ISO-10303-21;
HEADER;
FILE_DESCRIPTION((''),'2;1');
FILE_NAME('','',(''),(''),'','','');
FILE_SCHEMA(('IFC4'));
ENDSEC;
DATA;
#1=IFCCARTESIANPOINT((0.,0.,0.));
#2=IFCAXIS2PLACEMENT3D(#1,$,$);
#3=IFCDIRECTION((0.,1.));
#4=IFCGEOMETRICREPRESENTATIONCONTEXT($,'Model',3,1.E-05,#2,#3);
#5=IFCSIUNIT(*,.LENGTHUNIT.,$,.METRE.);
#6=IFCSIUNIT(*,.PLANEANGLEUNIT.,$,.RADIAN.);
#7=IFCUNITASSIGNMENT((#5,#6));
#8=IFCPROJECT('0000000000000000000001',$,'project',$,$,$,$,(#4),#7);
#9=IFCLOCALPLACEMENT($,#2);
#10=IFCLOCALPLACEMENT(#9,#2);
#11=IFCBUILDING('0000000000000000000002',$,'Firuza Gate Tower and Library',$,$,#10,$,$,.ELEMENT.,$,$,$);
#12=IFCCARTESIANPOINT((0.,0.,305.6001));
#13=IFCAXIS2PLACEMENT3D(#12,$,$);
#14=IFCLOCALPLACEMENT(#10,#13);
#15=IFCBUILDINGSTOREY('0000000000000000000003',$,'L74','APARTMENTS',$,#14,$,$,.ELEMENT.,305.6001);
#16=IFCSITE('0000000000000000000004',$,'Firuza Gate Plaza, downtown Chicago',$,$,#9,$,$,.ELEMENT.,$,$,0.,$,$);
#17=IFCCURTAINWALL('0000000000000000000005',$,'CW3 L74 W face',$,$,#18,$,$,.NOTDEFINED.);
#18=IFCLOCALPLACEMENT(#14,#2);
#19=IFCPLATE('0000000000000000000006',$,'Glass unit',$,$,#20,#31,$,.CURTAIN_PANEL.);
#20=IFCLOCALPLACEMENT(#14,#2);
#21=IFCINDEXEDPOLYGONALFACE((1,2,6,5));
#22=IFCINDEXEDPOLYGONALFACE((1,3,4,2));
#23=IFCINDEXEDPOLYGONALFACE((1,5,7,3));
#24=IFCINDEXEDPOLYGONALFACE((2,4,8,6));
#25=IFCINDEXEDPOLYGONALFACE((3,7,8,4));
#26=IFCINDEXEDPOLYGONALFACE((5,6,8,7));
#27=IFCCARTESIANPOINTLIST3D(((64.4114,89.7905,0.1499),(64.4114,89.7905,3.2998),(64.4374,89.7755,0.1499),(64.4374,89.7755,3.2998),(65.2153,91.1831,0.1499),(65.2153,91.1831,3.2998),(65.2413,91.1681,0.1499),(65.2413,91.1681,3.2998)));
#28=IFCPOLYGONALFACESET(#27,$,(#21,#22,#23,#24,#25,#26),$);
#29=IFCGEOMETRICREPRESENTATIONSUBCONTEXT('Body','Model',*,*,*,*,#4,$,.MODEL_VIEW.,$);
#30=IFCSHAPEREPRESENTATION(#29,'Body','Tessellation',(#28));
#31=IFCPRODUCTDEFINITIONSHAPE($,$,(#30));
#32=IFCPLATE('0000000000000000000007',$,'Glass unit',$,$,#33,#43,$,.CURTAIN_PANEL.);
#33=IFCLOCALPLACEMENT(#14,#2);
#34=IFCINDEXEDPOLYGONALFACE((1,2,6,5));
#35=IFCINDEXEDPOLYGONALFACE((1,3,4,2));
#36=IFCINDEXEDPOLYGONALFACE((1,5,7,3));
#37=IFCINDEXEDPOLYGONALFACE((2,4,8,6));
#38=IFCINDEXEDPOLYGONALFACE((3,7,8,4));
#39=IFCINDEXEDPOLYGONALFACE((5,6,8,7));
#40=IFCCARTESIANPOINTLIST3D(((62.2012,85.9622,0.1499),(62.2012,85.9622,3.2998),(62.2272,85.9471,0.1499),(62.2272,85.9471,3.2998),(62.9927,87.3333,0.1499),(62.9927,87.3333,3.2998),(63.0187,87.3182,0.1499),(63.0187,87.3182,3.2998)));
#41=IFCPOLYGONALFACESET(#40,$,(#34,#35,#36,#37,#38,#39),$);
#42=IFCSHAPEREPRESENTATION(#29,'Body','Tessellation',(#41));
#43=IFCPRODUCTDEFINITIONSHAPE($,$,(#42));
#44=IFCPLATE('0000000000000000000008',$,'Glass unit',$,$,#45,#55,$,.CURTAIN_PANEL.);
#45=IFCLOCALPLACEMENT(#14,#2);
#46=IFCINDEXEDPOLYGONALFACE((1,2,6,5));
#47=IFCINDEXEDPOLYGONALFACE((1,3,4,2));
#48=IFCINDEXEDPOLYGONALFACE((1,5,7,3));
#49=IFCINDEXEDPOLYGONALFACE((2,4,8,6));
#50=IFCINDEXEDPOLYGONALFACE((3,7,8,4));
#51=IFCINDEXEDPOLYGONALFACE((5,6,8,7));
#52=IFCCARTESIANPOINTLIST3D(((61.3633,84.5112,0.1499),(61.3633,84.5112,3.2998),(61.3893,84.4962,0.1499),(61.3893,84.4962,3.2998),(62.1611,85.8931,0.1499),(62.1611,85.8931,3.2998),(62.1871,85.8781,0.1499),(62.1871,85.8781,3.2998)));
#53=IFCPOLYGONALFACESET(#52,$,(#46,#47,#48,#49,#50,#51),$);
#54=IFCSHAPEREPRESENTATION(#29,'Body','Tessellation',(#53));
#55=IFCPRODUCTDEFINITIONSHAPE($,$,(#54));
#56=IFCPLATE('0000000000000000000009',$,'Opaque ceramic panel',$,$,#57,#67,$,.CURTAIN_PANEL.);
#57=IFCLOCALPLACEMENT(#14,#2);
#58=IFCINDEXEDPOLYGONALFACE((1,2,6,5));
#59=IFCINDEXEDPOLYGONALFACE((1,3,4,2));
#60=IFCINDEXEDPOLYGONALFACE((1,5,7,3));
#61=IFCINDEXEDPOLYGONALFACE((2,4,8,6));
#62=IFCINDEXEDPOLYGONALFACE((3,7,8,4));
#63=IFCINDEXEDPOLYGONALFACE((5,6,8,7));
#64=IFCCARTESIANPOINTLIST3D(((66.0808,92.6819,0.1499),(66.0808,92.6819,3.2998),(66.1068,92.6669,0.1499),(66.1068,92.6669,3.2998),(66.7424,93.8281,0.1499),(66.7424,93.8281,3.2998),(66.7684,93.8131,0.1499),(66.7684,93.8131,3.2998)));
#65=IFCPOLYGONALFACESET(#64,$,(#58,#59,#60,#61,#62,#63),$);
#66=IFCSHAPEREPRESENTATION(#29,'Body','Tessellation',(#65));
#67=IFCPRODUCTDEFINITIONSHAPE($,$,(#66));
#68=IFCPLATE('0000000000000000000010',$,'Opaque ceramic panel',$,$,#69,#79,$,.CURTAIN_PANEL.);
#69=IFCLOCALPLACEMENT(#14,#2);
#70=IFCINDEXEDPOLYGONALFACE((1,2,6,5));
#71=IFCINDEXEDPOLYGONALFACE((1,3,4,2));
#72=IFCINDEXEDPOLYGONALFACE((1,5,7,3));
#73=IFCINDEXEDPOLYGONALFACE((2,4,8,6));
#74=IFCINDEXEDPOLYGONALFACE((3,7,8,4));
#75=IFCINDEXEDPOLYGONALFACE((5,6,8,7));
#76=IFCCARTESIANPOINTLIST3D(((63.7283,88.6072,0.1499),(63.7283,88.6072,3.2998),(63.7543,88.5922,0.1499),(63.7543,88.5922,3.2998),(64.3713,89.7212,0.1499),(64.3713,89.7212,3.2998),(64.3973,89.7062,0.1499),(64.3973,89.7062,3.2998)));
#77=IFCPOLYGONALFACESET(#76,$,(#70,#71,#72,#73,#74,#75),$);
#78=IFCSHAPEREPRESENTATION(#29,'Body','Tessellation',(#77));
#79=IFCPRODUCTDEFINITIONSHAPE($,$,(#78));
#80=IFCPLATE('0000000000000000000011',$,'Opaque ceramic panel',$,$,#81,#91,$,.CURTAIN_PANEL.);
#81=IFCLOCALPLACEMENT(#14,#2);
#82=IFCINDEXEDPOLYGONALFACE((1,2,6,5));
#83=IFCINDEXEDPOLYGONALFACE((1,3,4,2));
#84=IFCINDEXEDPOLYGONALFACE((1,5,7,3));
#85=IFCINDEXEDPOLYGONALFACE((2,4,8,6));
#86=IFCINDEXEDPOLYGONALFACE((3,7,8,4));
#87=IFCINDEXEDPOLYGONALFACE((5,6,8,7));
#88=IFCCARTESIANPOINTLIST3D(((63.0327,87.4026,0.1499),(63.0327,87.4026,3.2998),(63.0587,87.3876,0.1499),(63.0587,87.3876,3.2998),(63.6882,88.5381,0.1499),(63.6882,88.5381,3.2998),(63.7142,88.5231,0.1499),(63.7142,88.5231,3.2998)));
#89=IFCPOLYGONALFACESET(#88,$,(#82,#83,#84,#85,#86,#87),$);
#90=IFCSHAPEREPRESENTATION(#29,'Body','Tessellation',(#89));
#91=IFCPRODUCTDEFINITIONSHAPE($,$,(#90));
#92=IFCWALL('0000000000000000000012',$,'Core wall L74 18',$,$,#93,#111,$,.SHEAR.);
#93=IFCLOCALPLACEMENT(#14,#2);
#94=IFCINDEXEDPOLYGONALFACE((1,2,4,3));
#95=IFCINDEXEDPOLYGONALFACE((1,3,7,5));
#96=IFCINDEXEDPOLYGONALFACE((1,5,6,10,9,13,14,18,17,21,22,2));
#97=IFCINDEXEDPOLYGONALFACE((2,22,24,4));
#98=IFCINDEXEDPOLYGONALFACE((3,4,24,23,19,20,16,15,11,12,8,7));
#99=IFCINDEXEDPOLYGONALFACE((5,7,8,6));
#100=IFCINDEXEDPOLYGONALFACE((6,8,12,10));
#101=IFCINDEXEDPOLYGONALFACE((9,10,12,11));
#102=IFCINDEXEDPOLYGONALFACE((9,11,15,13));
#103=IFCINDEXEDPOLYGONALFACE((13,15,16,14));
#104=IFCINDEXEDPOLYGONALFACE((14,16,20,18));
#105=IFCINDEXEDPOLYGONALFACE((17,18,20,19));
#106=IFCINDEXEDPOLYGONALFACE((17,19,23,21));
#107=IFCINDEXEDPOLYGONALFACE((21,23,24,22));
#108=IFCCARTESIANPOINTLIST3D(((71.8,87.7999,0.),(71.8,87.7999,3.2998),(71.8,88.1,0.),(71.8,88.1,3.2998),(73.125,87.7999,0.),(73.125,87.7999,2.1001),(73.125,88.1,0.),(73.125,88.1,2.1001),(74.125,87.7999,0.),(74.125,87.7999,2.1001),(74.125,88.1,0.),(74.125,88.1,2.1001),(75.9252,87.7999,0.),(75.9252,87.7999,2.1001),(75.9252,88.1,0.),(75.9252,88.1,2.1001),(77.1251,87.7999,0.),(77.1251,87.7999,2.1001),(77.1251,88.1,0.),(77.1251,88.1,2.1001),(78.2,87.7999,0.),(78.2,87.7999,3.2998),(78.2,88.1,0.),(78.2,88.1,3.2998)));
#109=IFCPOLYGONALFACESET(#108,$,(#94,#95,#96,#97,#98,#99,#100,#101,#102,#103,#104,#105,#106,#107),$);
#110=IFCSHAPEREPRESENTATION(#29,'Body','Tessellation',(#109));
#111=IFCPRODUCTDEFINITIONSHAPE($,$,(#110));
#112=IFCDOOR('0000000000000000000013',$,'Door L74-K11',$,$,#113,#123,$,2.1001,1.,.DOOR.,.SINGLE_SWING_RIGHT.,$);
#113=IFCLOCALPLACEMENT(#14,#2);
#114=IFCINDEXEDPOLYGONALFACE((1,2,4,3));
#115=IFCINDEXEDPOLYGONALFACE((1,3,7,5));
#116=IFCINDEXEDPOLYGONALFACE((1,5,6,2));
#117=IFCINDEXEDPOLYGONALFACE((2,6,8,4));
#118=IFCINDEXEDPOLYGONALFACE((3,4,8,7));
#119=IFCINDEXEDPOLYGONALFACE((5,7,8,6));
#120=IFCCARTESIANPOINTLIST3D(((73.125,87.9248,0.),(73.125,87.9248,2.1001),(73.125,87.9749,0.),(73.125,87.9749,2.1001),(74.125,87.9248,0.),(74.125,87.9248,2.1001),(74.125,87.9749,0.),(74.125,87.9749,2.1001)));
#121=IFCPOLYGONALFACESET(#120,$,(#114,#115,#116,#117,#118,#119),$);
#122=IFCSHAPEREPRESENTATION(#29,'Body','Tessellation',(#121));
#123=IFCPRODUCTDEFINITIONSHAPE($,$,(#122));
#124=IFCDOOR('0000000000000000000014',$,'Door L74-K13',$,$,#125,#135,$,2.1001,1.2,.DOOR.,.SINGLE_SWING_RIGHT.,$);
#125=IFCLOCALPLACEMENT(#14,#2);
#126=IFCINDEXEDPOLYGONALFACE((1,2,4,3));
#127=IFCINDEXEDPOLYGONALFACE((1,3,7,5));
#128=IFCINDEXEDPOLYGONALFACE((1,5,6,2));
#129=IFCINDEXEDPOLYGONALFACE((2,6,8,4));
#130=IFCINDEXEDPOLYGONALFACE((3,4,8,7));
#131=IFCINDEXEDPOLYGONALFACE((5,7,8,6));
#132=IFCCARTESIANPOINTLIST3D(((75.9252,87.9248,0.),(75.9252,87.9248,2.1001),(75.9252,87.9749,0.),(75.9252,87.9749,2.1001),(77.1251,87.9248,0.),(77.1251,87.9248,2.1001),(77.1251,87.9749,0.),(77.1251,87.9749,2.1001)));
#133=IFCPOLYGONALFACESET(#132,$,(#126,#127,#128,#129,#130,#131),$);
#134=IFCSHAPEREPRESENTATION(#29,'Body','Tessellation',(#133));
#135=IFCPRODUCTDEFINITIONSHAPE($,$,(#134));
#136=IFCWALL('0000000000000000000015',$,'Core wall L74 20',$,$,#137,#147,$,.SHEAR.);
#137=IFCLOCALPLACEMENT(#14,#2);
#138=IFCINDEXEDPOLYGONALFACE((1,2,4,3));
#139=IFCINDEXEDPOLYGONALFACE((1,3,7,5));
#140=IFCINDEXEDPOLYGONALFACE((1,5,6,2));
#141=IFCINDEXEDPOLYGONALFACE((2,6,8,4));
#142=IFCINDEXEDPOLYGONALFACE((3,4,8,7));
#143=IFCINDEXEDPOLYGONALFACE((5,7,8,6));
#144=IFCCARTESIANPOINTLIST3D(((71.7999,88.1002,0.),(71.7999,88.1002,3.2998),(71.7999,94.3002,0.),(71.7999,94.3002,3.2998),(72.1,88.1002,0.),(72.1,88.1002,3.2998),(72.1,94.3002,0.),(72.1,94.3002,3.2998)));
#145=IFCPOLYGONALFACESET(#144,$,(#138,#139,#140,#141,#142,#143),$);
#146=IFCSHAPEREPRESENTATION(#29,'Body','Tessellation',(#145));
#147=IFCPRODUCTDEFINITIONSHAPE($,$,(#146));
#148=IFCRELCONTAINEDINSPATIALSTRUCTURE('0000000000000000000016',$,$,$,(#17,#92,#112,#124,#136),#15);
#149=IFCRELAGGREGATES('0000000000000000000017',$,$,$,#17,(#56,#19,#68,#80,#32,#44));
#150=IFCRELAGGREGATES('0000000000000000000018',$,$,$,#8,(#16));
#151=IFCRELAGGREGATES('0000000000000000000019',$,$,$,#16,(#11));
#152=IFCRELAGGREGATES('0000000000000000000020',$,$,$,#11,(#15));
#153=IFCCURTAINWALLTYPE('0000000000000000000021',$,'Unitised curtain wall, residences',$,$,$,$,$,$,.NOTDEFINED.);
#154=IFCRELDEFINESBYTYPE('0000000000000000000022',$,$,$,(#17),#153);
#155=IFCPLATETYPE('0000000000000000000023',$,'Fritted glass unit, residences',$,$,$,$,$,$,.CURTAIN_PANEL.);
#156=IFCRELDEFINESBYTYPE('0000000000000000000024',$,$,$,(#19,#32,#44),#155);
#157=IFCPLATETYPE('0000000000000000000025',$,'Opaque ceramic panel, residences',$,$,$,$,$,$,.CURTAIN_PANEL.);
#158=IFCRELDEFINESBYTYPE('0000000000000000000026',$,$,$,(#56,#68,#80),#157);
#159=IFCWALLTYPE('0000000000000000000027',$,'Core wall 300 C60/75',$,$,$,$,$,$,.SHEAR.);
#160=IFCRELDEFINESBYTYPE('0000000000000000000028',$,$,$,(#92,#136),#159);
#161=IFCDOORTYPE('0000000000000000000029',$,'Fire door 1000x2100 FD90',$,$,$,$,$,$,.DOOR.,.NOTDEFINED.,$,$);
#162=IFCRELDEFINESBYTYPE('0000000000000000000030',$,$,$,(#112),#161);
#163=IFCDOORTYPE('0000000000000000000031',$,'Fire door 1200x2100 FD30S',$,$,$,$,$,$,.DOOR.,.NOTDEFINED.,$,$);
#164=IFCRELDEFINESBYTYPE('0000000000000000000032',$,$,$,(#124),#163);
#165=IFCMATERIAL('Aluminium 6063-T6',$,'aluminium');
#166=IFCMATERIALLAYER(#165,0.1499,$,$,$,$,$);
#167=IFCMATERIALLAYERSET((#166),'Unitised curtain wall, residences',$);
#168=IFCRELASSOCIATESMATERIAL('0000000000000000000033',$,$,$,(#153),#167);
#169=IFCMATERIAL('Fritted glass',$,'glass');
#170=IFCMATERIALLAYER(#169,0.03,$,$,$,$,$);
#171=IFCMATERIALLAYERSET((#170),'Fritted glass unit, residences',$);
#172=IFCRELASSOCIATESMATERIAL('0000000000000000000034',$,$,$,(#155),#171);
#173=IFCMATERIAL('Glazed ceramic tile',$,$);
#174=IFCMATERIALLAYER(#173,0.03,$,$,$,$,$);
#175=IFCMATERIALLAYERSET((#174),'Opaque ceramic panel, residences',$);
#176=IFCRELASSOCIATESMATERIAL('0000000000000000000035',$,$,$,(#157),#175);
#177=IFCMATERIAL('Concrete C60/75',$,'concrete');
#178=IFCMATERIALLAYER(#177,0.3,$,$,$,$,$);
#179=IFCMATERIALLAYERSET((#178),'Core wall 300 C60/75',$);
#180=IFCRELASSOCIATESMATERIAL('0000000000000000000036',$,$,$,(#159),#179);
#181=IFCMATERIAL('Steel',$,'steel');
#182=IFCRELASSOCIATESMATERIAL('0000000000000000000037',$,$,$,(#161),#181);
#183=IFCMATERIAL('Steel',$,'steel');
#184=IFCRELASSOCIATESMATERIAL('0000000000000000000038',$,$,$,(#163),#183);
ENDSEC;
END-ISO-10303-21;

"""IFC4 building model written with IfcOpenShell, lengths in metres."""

from ifc_helpers import new_model, si_unit, direction, frame, frame_2d, origin, place, context, subcontext, project, spatial, polyline, rectangle, outline, extrude, material, layer, layer_set, type_object, element, fill, aggregate, save


model = new_model("IFC4")

# Units and contexts
model_context = context("Model", 3, precision=1e-05, world=origin(), true_north=direction((0.0, 1.0)))
body_context = subcontext(model_context, "Body", "Model", "MODEL_VIEW")
ifc_project = project(units=[si_unit("LENGTHUNIT", "METRE"), si_unit("PLANEANGLEUNIT", "RADIAN")], contexts=[model_context])

# Site, building, storey
site_placement = place(None, origin())
site = spatial("IfcSite", under=ifc_project, at=site_placement, Name="Firuza Gate Plaza, downtown Chicago", CompositionType="ELEMENT", RefElevation=0.0)
building_placement = place(site_placement, origin())
building = spatial("IfcBuilding", under=site, at=building_placement, Name="Firuza Gate Tower and Library", CompositionType="ELEMENT")
storey_placement = place(building_placement, frame((0.0, 0.0, 305.6001)))
storey = spatial("IfcBuildingStorey", under=building, at=storey_placement, Name="L74", Description="APARTMENTS", CompositionType="ELEMENT", Elevation=305.6001)

# Curtain wall
ifc_material_1 = material(Name="Aluminium 6063-T6", Category="aluminium")
ifc_layer_1 = layer(ifc_material_1, 0.1499)
ifc_layer_set_1 = layer_set([ifc_layer_1], Name="Unitised curtain wall, residences")
curtain_wall_type = type_object("IfcCurtainWallType", Name="Unitised curtain wall, residences", PredefinedType="NOTDEFINED", material=ifc_layer_set_1)
placement = place(storey_placement, origin())
curtain_wall = element("IfcCurtainWall", 1, at=placement, inside=storey, type_object=curtain_wall_type, Name="CW3 L74 W face", PredefinedType="NOTDEFINED")

# Plates
ifc_material_2 = material(Name="Fritted glass", Category="glass")
ifc_layer_2 = layer(ifc_material_2, 0.03)
ifc_layer_set_2 = layer_set([ifc_layer_2], Name="Fritted glass unit, residences")
plate_type_1 = type_object("IfcPlateType", Name="Fritted glass unit, residences", PredefinedType="CURTAIN_PANEL", material=ifc_layer_set_2)
plate_1_placement = place(storey_placement, frame((65.2153, 91.1831, 0.1499), z_axis=(-0.866039, 0.499977, 0.0), x_axis=(-0.499977, -0.866039, 0.0)))
plate_1 = element("IfcPlate", 2, at=plate_1_placement, type_object=plate_type_1, Name="Glass unit", PredefinedType="CURTAIN_PANEL", context=body_context, shape_type="SweptSolid", body=[
    extrude(outline(polyline([(0.0, 0.0), (1.608, 0.0), (1.608, 3.1499), (0.0, 3.1499), (0.0, 0.0)])), origin(), (0.0, 0.0, -1.0), 0.03),
])
plate_2_placement = place(storey_placement, frame((62.9927, 87.3333, 0.1499), z_axis=(-0.866052, 0.499954, 0.0), x_axis=(-0.499954, -0.866052, 0.0)))
plate_2 = element("IfcPlate", 3, at=plate_2_placement, type_object=plate_type_1, Name="Glass unit", PredefinedType="CURTAIN_PANEL", context=body_context, shape_type="SweptSolid", body=[
    extrude(outline(polyline([(0.0, 0.0), (1.5832, 0.0), (1.5832, 3.1499), (0.0, 3.1499), (0.0, 0.0)])), origin(), (0.0, 0.0, -1.0), 0.03),
])
plate_3_placement = place(storey_placement, frame((62.1611, 85.8931, 0.1499), z_axis=(-0.866012, 0.500023, 0.0), x_axis=(-0.500023, -0.866012, 0.0)))
plate_3 = element("IfcPlate", 4, at=plate_3_placement, type_object=plate_type_1, Name="Glass unit", PredefinedType="CURTAIN_PANEL", context=body_context, shape_type="SweptSolid", body=[
    extrude(outline(polyline([(0.0, 0.0), (1.5956, 0.0), (1.5956, 3.1499), (0.0, 3.1499), (0.0, 0.0)])), origin(), (0.0, 0.0, -1.0), 0.03),
])
ifc_material_3 = material(Name="Glazed ceramic tile")
ifc_layer_3 = layer(ifc_material_3, 0.03)
ifc_layer_set_3 = layer_set([ifc_layer_3], Name="Opaque ceramic panel, residences")
plate_type_2 = type_object("IfcPlateType", Name="Opaque ceramic panel, residences", PredefinedType="CURTAIN_PANEL", material=ifc_layer_set_3)
plate_4_placement = place(storey_placement, frame((66.7424, 93.8281, 0.1499), z_axis=(-0.866078, 0.499909, 0.0), x_axis=(-0.499909, -0.866078, 0.0)))
plate_4 = element("IfcPlate", 5, at=plate_4_placement, type_object=plate_type_2, Name="Opaque ceramic panel", PredefinedType="CURTAIN_PANEL", context=body_context, shape_type="SweptSolid", body=[
    extrude(outline(polyline([(0.0, 0.0), (1.3235, 0.0), (1.3235, 3.1499), (0.0, 3.1499), (0.0, 0.0)])), origin(), (0.0, 0.0, -1.0), 0.03),
])
plate_5_placement = place(storey_placement, frame((64.3713, 89.7212, 0.1499), z_axis=(-0.866062, 0.499936, 0.0), x_axis=(-0.499936, -0.866062, 0.0)))
plate_5 = element("IfcPlate", 6, at=plate_5_placement, type_object=plate_type_2, Name="Opaque ceramic panel", PredefinedType="CURTAIN_PANEL", context=body_context, shape_type="SweptSolid", body=[
    extrude(outline(polyline([(0.0, 0.0), (1.2863, 0.0), (1.2863, 3.1499), (0.0, 3.1499), (0.0, 0.0)])), origin(), (0.0, 0.0, -1.0), 0.03),
])
plate_6_placement = place(storey_placement, frame((63.6882, 88.5381, 0.1499), z_axis=(-0.866046, 0.499964, 0.0), x_axis=(-0.499964, -0.866046, 0.0)))
plate_6 = element("IfcPlate", 7, at=plate_6_placement, type_object=plate_type_2, Name="Opaque ceramic panel", PredefinedType="CURTAIN_PANEL", context=body_context, shape_type="SweptSolid", body=[
    extrude(outline(polyline([(0.0, 0.0), (1.3111, 0.0), (1.3111, 3.1499), (0.0, 3.1499), (0.0, 0.0)])), origin(), (0.0, 0.0, -1.0), 0.03),
])
aggregate(curtain_wall, [plate_4, plate_1, plate_5, plate_6, plate_2, plate_3])

# Wall, openings, doors
ifc_material_4 = material(Name="Concrete C60/75", Category="concrete")
ifc_layer_4 = layer(ifc_material_4, 0.3)
ifc_layer_set_4 = layer_set([ifc_layer_4], Name="Core wall 300 C60/75")
wall_type_1 = type_object("IfcWallType", Name="Core wall 300 C60/75", PredefinedType="SHEAR", material=ifc_layer_set_4)
wall_1_placement = place(storey_placement, frame((71.8, 87.95, 0.0), z_axis=(0.0, 0.0, 1.0), x_axis=(1.0, 0.0, 0.0)))
wall_1 = element("IfcWall", 8, at=wall_1_placement, inside=storey, type_object=wall_type_1, Name="Core wall L74 18", PredefinedType="SHEAR", context=body_context, shape_type="SweptSolid", body=[
    extrude(rectangle(XDim=6.3999, YDim=0.3, at=frame_2d((3.2, 0.0))), origin(), (0.0, 0.0, 1.0), 3.2998),
])
opening_1_placement = place(wall_1_placement, frame((1.325, 0.0, 0.0)))
opening_1 = element("IfcOpeningElement", 9, at=opening_1_placement, cuts=wall_1, PredefinedType="OPENING", context=body_context, shape_type="SweptSolid", body=[
    extrude(rectangle(XDim=1.0, YDim=2.1001, at=frame_2d((0.5, 1.05))), frame((0.0, 0.1602, 0.0), z_axis=(0.0, -1.0, 0.0), x_axis=(1.0, 0.0, 0.0)), (0.0, 0.0, 1.0), 0.3201),
])
opening_2_placement = place(wall_1_placement, frame((4.125, 0.0, 0.0)))
opening_2 = element("IfcOpeningElement", 10, at=opening_2_placement, cuts=wall_1, PredefinedType="OPENING", context=body_context, shape_type="SweptSolid", body=[
    extrude(rectangle(XDim=1.2, YDim=2.1001, at=frame_2d((0.6001, 1.05))), frame((0.0, 0.1602, 0.0), z_axis=(0.0, -1.0, 0.0), x_axis=(1.0, 0.0, 0.0)), (0.0, 0.0, 1.0), 0.3201),
])
ifc_material_5 = material(Name="Steel", Category="steel")
door_type_1 = type_object("IfcDoorType", Name="Fire door 1000x2100 FD90", OperationType="NOTDEFINED", PredefinedType="DOOR", material=ifc_material_5)
door_1_placement = place(opening_1_placement, origin())
door_1 = element("IfcDoor", 11, at=door_1_placement, inside=storey, type_object=door_type_1, Name="Door L74-K11", OperationType="SINGLE_SWING_RIGHT", OverallHeight=2.1001, OverallWidth=1.0, PredefinedType="DOOR", context=body_context, shape_type="SweptSolid", body=[
    extrude(rectangle(XDim=1.0, YDim=2.1001, at=frame_2d((0.5, 1.05))), frame((0.0, 0.0249, 0.0), z_axis=(0.0, -1.0, 0.0), x_axis=(1.0, 0.0, 0.0)), (0.0, 0.0, 1.0), 0.05),
])
fill(opening_1, door_1)
ifc_material_6 = material(Name="Steel", Category="steel")
door_type_2 = type_object("IfcDoorType", Name="Fire door 1200x2100 FD30S", OperationType="NOTDEFINED", PredefinedType="DOOR", material=ifc_material_6)
door_2_placement = place(opening_2_placement, origin())
door_2 = element("IfcDoor", 12, at=door_2_placement, inside=storey, type_object=door_type_2, Name="Door L74-K13", OperationType="SINGLE_SWING_RIGHT", OverallHeight=2.1001, OverallWidth=1.2, PredefinedType="DOOR", context=body_context, shape_type="SweptSolid", body=[
    extrude(rectangle(XDim=1.2, YDim=2.1001, at=frame_2d((0.6001, 1.05))), frame((0.0, 0.0249, 0.0), z_axis=(0.0, -1.0, 0.0), x_axis=(1.0, 0.0, 0.0)), (0.0, 0.0, 1.0), 0.05),
])
fill(opening_2, door_2)

# Wall
wall_2_placement = place(storey_placement, frame((71.95, 88.1001, 0.0), z_axis=(0.0, 0.0, 1.0), x_axis=(0.0, 1.0, 0.0)))
element("IfcWall", 13, at=wall_2_placement, inside=storey, type_object=wall_type_1, Name="Core wall L74 20", PredefinedType="SHEAR", context=body_context, shape_type="SweptSolid", body=[
    extrude(rectangle(XDim=6.2, YDim=0.3, at=frame_2d((3.1001, 0.0))), origin(), (0.0, 0.0, 1.0), 3.2998),
])

save(model, "model.ifc")
